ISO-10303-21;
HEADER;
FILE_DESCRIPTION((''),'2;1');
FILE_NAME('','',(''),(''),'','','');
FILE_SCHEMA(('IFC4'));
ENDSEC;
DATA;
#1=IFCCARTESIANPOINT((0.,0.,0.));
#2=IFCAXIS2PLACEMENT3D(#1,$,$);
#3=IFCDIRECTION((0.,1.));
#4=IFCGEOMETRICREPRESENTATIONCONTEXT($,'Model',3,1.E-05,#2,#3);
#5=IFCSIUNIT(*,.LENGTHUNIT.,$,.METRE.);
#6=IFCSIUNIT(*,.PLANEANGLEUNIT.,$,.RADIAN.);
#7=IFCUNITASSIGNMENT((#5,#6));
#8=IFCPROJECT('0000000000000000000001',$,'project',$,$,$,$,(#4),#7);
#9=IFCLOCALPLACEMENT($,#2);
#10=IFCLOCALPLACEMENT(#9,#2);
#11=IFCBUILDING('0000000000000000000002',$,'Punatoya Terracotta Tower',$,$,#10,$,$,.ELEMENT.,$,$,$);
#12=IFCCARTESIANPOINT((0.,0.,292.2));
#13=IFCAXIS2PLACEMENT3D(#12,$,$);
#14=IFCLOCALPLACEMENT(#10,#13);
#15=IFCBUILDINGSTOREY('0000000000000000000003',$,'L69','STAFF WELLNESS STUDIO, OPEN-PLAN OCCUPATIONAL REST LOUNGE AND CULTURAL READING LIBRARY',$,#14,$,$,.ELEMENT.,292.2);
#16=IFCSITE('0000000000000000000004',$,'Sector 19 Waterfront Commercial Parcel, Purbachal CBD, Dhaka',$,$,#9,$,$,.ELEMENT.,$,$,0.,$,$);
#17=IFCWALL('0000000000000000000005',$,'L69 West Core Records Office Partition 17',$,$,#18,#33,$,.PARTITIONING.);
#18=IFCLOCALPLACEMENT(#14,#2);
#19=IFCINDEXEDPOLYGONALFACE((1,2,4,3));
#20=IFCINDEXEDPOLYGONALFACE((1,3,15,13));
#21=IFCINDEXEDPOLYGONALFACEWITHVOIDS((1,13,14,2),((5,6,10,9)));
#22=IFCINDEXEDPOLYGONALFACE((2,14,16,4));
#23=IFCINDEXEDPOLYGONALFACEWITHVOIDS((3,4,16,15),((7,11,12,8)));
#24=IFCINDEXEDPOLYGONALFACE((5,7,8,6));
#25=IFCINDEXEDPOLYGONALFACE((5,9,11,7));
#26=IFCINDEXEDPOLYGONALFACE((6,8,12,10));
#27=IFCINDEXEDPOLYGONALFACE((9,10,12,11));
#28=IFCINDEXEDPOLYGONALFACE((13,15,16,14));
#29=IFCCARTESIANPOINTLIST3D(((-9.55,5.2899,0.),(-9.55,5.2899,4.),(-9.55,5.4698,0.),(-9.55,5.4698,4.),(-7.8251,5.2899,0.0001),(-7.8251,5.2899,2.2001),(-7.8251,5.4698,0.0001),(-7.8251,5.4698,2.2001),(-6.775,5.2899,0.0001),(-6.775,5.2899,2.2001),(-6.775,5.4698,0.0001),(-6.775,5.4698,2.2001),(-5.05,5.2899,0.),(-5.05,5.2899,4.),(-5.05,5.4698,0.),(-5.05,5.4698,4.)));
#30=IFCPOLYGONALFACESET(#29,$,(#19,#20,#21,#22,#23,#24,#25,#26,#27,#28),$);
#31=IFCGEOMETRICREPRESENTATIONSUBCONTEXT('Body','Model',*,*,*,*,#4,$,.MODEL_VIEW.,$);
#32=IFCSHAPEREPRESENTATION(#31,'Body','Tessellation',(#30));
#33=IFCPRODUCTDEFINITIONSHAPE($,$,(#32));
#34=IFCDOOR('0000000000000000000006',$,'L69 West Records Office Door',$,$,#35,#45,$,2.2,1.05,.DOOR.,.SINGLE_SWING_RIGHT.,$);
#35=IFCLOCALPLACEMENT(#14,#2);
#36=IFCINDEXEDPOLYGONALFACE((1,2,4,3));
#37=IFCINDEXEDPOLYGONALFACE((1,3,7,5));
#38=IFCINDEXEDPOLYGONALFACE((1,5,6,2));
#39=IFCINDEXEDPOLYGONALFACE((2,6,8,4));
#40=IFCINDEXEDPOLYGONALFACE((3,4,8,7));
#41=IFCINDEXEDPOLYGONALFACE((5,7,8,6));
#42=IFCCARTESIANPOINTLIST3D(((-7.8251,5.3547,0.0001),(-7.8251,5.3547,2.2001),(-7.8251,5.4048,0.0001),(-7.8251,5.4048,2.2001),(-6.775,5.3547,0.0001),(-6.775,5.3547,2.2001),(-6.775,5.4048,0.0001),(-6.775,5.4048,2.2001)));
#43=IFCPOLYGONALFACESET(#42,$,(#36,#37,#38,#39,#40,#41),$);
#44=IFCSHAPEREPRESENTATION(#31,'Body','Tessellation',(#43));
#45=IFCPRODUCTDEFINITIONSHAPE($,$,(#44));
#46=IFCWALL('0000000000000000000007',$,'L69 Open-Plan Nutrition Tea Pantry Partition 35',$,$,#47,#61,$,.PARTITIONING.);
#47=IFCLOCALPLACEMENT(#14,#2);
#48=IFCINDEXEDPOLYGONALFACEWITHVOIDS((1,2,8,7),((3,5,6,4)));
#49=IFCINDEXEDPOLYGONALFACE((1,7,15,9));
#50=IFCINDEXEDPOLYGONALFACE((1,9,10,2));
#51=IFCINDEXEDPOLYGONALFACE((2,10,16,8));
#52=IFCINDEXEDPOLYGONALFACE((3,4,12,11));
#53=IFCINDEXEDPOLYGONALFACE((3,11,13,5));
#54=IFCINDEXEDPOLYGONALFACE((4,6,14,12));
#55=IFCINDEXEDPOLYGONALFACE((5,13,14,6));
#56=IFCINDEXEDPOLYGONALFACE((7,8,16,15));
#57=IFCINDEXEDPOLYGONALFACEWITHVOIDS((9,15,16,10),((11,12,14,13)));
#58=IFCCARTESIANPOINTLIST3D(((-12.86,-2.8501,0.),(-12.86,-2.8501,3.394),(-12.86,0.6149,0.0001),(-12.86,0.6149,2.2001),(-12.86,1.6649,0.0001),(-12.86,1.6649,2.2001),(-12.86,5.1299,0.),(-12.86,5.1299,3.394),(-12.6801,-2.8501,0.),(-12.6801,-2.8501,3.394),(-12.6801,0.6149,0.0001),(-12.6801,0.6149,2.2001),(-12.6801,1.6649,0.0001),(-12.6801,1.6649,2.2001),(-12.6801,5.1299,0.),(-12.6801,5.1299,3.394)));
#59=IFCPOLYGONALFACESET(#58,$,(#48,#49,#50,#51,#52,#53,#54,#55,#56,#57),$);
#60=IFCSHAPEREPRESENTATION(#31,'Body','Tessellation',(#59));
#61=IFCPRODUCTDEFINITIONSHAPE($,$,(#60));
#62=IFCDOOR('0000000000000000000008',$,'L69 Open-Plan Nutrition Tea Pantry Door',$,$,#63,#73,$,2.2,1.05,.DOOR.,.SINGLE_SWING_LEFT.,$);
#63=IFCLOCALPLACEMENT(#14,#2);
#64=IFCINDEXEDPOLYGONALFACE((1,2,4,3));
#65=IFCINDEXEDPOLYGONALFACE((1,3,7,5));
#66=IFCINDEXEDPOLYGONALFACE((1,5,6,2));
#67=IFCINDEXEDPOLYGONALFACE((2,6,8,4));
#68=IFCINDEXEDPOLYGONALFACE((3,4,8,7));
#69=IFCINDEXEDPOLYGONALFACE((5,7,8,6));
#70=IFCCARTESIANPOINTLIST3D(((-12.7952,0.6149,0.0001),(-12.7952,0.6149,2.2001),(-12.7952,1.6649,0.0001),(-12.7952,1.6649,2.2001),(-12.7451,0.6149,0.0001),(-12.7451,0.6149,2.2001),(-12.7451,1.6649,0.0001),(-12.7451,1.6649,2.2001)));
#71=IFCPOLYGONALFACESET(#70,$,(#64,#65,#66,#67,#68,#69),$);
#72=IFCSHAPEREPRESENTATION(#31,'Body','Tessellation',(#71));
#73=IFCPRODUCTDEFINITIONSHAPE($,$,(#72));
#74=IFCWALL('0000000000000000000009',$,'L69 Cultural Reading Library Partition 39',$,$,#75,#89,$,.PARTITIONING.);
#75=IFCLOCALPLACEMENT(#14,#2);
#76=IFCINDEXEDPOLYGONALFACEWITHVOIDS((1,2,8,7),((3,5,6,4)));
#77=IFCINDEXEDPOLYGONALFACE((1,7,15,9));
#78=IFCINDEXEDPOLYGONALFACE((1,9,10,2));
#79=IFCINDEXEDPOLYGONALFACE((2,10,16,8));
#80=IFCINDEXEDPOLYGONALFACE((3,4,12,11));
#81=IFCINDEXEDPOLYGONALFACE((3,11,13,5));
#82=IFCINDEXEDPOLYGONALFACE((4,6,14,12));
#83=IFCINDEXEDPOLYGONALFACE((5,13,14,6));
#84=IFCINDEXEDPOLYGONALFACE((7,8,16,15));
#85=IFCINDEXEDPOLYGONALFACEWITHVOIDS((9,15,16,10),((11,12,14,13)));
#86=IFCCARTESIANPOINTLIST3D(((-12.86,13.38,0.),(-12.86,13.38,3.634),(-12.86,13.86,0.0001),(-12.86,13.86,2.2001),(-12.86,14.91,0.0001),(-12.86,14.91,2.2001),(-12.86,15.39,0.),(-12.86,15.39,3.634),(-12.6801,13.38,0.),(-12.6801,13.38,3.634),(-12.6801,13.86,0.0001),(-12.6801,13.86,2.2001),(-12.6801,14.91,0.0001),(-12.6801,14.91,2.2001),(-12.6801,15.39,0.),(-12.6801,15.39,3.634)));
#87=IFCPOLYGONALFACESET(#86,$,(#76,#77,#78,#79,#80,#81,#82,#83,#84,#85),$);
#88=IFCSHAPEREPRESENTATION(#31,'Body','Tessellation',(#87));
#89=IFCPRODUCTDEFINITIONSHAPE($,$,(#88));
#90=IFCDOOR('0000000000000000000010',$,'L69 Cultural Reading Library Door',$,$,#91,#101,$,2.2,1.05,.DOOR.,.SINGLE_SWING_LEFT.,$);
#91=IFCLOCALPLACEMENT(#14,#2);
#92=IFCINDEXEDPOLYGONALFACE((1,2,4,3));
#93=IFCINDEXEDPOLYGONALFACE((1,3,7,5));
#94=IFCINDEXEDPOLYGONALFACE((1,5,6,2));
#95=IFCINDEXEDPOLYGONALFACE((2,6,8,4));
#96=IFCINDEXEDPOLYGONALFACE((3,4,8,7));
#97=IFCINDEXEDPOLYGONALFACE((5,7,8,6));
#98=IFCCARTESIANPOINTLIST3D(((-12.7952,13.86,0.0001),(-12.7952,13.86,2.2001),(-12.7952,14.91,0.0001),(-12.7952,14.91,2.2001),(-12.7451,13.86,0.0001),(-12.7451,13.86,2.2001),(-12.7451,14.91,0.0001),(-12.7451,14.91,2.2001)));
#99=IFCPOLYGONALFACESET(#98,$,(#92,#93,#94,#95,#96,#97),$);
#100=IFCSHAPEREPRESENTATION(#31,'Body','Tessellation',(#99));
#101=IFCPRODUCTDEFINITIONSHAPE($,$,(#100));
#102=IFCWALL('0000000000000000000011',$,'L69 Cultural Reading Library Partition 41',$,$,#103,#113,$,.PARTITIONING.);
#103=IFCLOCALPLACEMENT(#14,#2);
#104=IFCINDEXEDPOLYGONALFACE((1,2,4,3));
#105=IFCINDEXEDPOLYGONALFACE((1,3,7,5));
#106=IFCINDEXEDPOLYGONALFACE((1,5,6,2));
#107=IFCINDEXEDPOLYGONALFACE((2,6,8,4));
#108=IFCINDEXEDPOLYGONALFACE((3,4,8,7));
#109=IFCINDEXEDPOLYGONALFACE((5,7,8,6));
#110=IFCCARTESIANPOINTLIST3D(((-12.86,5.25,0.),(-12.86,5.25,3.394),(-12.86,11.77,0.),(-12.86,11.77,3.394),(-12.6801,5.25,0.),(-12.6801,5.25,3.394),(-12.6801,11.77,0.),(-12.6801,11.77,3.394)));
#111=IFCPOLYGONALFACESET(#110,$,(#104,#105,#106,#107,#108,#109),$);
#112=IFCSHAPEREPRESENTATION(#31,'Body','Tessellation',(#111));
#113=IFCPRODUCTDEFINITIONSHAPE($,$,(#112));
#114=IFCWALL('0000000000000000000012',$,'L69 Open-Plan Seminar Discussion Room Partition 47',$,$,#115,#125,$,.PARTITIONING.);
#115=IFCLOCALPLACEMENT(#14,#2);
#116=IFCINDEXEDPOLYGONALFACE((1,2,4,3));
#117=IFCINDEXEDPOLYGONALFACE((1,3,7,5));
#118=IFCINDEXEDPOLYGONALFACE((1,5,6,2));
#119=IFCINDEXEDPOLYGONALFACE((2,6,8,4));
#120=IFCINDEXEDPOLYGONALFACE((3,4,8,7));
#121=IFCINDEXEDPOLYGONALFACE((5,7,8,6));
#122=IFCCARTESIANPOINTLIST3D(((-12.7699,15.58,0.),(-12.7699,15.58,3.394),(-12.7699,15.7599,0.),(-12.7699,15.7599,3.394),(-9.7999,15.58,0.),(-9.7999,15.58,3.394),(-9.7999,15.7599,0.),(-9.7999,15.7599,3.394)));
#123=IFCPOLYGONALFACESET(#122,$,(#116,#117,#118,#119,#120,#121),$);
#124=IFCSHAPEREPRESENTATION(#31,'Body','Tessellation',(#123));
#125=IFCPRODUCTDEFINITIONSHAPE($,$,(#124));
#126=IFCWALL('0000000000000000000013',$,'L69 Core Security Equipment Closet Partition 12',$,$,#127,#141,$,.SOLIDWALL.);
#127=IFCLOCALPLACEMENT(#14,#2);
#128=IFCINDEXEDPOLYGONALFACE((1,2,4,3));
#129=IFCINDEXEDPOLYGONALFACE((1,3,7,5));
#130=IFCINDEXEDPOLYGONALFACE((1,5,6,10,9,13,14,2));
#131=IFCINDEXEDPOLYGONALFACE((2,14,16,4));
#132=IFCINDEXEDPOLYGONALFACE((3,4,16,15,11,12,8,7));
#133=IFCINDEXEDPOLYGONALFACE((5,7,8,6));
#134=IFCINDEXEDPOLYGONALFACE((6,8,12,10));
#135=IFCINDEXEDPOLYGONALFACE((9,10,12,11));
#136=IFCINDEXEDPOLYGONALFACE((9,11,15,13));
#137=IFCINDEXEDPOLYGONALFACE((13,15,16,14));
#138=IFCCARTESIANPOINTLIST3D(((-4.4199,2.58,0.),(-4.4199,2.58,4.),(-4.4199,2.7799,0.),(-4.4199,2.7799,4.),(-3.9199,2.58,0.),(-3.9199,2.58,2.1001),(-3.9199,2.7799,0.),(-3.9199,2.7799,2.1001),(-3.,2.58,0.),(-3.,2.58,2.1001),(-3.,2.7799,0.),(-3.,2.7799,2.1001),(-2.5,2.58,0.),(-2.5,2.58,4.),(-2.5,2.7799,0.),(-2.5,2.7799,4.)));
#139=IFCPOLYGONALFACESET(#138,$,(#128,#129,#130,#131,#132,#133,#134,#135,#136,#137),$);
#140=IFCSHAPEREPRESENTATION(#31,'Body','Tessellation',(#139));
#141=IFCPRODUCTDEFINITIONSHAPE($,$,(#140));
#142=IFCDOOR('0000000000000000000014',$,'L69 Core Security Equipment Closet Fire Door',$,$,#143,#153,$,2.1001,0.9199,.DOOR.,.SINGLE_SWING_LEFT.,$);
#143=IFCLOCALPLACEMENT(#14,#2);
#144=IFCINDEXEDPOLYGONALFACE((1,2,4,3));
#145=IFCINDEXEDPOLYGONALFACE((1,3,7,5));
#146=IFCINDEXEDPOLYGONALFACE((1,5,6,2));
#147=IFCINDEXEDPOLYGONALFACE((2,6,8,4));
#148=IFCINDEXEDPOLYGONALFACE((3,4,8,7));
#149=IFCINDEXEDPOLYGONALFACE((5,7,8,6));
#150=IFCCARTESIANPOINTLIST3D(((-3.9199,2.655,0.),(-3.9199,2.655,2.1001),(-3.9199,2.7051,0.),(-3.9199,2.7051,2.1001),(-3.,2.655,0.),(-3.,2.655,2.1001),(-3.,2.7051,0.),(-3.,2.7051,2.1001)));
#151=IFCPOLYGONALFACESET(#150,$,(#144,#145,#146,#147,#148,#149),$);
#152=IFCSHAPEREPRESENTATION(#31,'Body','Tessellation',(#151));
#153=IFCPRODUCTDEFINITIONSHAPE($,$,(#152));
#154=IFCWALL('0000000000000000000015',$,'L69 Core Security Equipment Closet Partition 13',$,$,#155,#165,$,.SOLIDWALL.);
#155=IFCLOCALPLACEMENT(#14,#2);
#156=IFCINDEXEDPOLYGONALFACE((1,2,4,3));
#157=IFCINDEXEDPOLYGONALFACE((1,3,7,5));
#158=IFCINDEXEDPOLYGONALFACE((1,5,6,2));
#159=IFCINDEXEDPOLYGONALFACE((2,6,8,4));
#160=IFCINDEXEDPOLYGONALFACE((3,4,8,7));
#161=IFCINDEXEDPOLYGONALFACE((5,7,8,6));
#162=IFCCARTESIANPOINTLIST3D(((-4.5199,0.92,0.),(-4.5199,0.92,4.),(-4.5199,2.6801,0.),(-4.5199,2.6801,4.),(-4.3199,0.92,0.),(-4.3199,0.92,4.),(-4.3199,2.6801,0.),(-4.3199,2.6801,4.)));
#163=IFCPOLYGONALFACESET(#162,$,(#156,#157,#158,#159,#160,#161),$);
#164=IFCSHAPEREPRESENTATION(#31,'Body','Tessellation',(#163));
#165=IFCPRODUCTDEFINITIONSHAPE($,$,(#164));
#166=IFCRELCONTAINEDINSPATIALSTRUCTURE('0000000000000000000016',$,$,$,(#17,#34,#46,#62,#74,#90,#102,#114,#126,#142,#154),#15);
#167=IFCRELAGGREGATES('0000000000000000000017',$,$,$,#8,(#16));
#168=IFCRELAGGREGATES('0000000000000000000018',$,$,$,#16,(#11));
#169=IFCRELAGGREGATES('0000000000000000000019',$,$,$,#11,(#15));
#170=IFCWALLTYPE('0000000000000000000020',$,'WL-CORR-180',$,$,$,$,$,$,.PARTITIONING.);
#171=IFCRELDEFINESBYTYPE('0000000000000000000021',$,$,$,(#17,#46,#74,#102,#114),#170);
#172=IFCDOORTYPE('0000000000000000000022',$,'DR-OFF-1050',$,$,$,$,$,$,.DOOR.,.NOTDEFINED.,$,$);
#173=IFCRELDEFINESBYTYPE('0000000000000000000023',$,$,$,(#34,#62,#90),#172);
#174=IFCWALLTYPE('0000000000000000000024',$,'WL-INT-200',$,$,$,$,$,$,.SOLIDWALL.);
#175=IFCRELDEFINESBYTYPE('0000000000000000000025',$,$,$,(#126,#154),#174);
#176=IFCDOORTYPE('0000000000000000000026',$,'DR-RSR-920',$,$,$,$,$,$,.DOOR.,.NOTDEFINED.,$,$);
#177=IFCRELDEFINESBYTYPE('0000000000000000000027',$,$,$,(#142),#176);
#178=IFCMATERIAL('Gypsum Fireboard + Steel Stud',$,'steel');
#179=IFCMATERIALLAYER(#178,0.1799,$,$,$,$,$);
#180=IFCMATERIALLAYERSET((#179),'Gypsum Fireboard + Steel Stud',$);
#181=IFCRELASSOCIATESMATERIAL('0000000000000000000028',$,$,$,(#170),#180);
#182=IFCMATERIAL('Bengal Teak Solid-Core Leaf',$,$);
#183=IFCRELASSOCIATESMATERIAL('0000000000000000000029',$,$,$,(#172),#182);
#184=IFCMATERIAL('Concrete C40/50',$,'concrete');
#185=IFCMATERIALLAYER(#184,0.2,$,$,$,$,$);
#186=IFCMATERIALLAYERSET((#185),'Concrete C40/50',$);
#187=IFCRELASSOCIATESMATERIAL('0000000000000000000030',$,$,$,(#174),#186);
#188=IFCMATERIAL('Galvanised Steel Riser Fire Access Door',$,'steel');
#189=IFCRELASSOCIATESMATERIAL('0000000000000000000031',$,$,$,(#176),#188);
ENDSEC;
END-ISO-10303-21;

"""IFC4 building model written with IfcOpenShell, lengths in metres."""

from ifc_helpers import new_model, si_unit, direction, frame, frame_2d, origin, place, context, subcontext, project, spatial, rectangle, extrude, material, layer, layer_set, type_object, element, fill, save


model = new_model("IFC4")

# Units and contexts
model_context = context("Model", 3, precision=1e-05, world=origin(), true_north=direction((0.0, 1.0)))
body_context = subcontext(model_context, "Body", "Model", "MODEL_VIEW")
ifc_project = project(units=[si_unit("LENGTHUNIT", "METRE"), si_unit("PLANEANGLEUNIT", "RADIAN")], contexts=[model_context])

# Site, building, storey
site_placement = place(None, origin())
site = spatial("IfcSite", under=ifc_project, at=site_placement, Name="Sector 19 Waterfront Commercial Parcel, Purbachal CBD, Dhaka", CompositionType="ELEMENT", RefElevation=0.0)
building_placement = place(site_placement, origin())
building = spatial("IfcBuilding", under=site, at=building_placement, Name="Punatoya Terracotta Tower", CompositionType="ELEMENT")
storey_placement = place(building_placement, frame((0.0, 0.0, 292.2)))
storey = spatial("IfcBuildingStorey", under=building, at=storey_placement, Name="L69", Description="STAFF WELLNESS STUDIO, OPEN-PLAN OCCUPATIONAL REST LOUNGE AND CULTURAL READING LIBRARY", CompositionType="ELEMENT", Elevation=292.2)

# Shared definitions
ifc_material_1 = material(Name="Gypsum Fireboard + Steel Stud", Category="steel")
ifc_layer_1 = layer(ifc_material_1, 0.1799)
ifc_layer_set_1 = layer_set([ifc_layer_1], Name="Gypsum Fireboard + Steel Stud")
wall_type_1 = type_object("IfcWallType", Name="WL-CORR-180", PredefinedType="PARTITIONING", material=ifc_layer_set_1)

# Walls, openings, doors
wall_1_placement = place(storey_placement, frame((-9.55, 5.3799, 0.0), z_axis=(0.0, 0.0, 1.0), x_axis=(1.0, 0.0, 0.0)))
wall_1 = element("IfcWall", 1, at=wall_1_placement, inside=storey, type_object=wall_type_1, Name="L69 West Core Records Office Partition 17", PredefinedType="PARTITIONING", context=body_context, shape_type="SweptSolid", body=[
    extrude(rectangle(XDim=4.5, YDim=0.1799, at=frame_2d((2.25, 0.0))), origin(), (0.0, 0.0, 1.0), 4.0),
])
opening_1_placement = place(wall_1_placement, frame((1.7251, 0.0, 0.0)))
opening_1 = element("IfcOpeningElement", 2, at=opening_1_placement, cuts=wall_1, PredefinedType="OPENING", context=body_context, shape_type="SweptSolid", body=[
    extrude(rectangle(XDim=1.05, YDim=2.2, at=frame_2d((0.5249, 1.1001))), frame((0.0, 0.0999, 0.0), z_axis=(0.0, -1.0, 0.0), x_axis=(1.0, 0.0, 0.0)), (0.0, 0.0, 1.0), 0.2),
])
ifc_material_2 = material(Name="Bengal Teak Solid-Core Leaf")
door_type_1 = type_object("IfcDoorType", Name="DR-OFF-1050", OperationType="NOTDEFINED", PredefinedType="DOOR", material=ifc_material_2)
door_1_placement = place(opening_1_placement, origin())
door_1 = element("IfcDoor", 3, at=door_1_placement, inside=storey, type_object=door_type_1, Name="L69 West Records Office Door", OperationType="SINGLE_SWING_RIGHT", OverallHeight=2.2, OverallWidth=1.05, PredefinedType="DOOR", context=body_context, shape_type="SweptSolid", body=[
    extrude(rectangle(XDim=1.05, YDim=2.2, at=frame_2d((0.5249, 1.1001))), frame((0.0, 0.0249, 0.0), z_axis=(0.0, -1.0, 0.0), x_axis=(1.0, 0.0, 0.0)), (0.0, 0.0, 1.0), 0.05),
])
fill(opening_1, door_1)
wall_2_placement = place(storey_placement, frame((-12.77, 5.1299, 0.0), z_axis=(0.0, 0.0, 1.0), x_axis=(0.0, -1.0, 0.0)))
wall_2 = element("IfcWall", 4, at=wall_2_placement, inside=storey, type_object=wall_type_1, Name="L69 Open-Plan Nutrition Tea Pantry Partition 35", PredefinedType="PARTITIONING", context=body_context, shape_type="SweptSolid", body=[
    extrude(rectangle(XDim=7.98, YDim=0.1799, at=frame_2d((3.99, 0.0))), origin(), (0.0, 0.0, 1.0), 3.394),
])
opening_2_placement = place(wall_2_placement, frame((3.4651, 0.0, 0.0)))
opening_2 = element("IfcOpeningElement", 5, at=opening_2_placement, cuts=wall_2, PredefinedType="OPENING", context=body_context, shape_type="SweptSolid", body=[
    extrude(rectangle(XDim=1.05, YDim=2.2, at=frame_2d((0.5249, 1.1001))), frame((0.0, 0.0999, 0.0), z_axis=(0.0, -1.0, 0.0), x_axis=(1.0, 0.0, 0.0)), (0.0, 0.0, 1.0), 0.2),
])
door_2_placement = place(opening_2_placement, origin())
door_2 = element("IfcDoor", 6, at=door_2_placement, inside=storey, type_object=door_type_1, Name="L69 Open-Plan Nutrition Tea Pantry Door", OperationType="SINGLE_SWING_LEFT", OverallHeight=2.2, OverallWidth=1.05, PredefinedType="DOOR", context=body_context, shape_type="SweptSolid", body=[
    extrude(rectangle(XDim=1.05, YDim=2.2, at=frame_2d((0.5249, 1.1001))), frame((0.0, 0.0249, 0.0), z_axis=(0.0, -1.0, 0.0), x_axis=(1.0, 0.0, 0.0)), (0.0, 0.0, 1.0), 0.05),
])
fill(opening_2, door_2)
wall_3_placement = place(storey_placement, frame((-12.77, 15.3899, 0.0), z_axis=(0.0, 0.0, 1.0), x_axis=(0.0, -1.0, 0.0)))
wall_3 = element("IfcWall", 7, at=wall_3_placement, inside=storey, type_object=wall_type_1, Name="L69 Cultural Reading Library Partition 39", PredefinedType="PARTITIONING", context=body_context, shape_type="SweptSolid", body=[
    extrude(rectangle(XDim=2.01, YDim=0.1799, at=frame_2d((1.0049, 0.0))), origin(), (0.0, 0.0, 1.0), 3.634),
])
opening_3_placement = place(wall_3_placement, frame((0.48, 0.0, 0.0)))
opening_3 = element("IfcOpeningElement", 8, at=opening_3_placement, cuts=wall_3, PredefinedType="OPENING", context=body_context, shape_type="SweptSolid", body=[
    extrude(rectangle(XDim=1.05, YDim=2.2, at=frame_2d((0.5249, 1.1001))), frame((0.0, 0.0999, 0.0), z_axis=(0.0, -1.0, 0.0), x_axis=(1.0, 0.0, 0.0)), (0.0, 0.0, 1.0), 0.2),
])
door_3_placement = place(opening_3_placement, origin())
door_3 = element("IfcDoor", 9, at=door_3_placement, inside=storey, type_object=door_type_1, Name="L69 Cultural Reading Library Door", OperationType="SINGLE_SWING_LEFT", OverallHeight=2.2, OverallWidth=1.05, PredefinedType="DOOR", context=body_context, shape_type="SweptSolid", body=[
    extrude(rectangle(XDim=1.05, YDim=2.2, at=frame_2d((0.5249, 1.1001))), frame((0.0, 0.0249, 0.0), z_axis=(0.0, -1.0, 0.0), x_axis=(1.0, 0.0, 0.0)), (0.0, 0.0, 1.0), 0.05),
])
fill(opening_3, door_3)

# Walls
wall_4_placement = place(storey_placement, frame((-12.77, 11.77, 0.0), z_axis=(0.0, 0.0, 1.0), x_axis=(0.0, -1.0, 0.0)))
element("IfcWall", 10, at=wall_4_placement, inside=storey, type_object=wall_type_1, Name="L69 Cultural Reading Library Partition 41", PredefinedType="PARTITIONING", context=body_context, shape_type="SweptSolid", body=[
    extrude(rectangle(XDim=6.52, YDim=0.1799, at=frame_2d((3.26, 0.0))), origin(), (0.0, 0.0, 1.0), 3.394),
])
wall_5_placement = place(storey_placement, frame((-9.8, 15.6699, 0.0), z_axis=(0.0, 0.0, 1.0), x_axis=(-1.0, 0.0, 0.0)))
element("IfcWall", 11, at=wall_5_placement, inside=storey, type_object=wall_type_1, Name="L69 Open-Plan Seminar Discussion Room Partition 47", PredefinedType="PARTITIONING", context=body_context, shape_type="SweptSolid", body=[
    extrude(rectangle(XDim=2.97, YDim=0.1799, at=frame_2d((1.4849, 0.0))), origin(), (0.0, 0.0, 1.0), 3.394),
])

# Wall, opening, door
ifc_material_3 = material(Name="Concrete C40/50", Category="concrete")
ifc_layer_2 = layer(ifc_material_3, 0.2)
ifc_layer_set_2 = layer_set([ifc_layer_2], Name="Concrete C40/50")
wall_type_2 = type_object("IfcWallType", Name="WL-INT-200", PredefinedType="SOLIDWALL", material=ifc_layer_set_2)
wall_6_placement = place(storey_placement, frame((-2.5, 2.6799, 0.0), z_axis=(0.0, 0.0, 1.0), x_axis=(-1.0, 0.0, 0.0)))
wall_6 = element("IfcWall", 12, at=wall_6_placement, inside=storey, type_object=wall_type_2, Name="L69 Core Security Equipment Closet Partition 12", PredefinedType="SOLIDWALL", context=body_context, shape_type="SweptSolid", body=[
    extrude(rectangle(XDim=1.9199, YDim=0.2, at=frame_2d((0.96, 0.0))), origin(), (0.0, 0.0, 1.0), 4.0),
])
opening_4_placement = place(wall_6_placement, frame((0.5, 0.0, 0.0)))
opening_4 = element("IfcOpeningElement", 13, at=opening_4_placement, cuts=wall_6, PredefinedType="OPENING", context=body_context, shape_type="SweptSolid", body=[
    extrude(rectangle(XDim=0.9199, YDim=2.1001, at=frame_2d((0.46, 1.05))), frame((0.0, 0.1099, 0.0), z_axis=(0.0, -1.0, 0.0), x_axis=(1.0, 0.0, 0.0)), (0.0, 0.0, 1.0), 0.22),
])
ifc_material_4 = material(Name="Galvanised Steel Riser Fire Access Door", Category="steel")
door_type_2 = type_object("IfcDoorType", Name="DR-RSR-920", OperationType="NOTDEFINED", PredefinedType="DOOR", material=ifc_material_4)
door_4_placement = place(opening_4_placement, origin())
door_4 = element("IfcDoor", 14, at=door_4_placement, inside=storey, type_object=door_type_2, Name="L69 Core Security Equipment Closet Fire Door", OperationType="SINGLE_SWING_LEFT", OverallHeight=2.1001, OverallWidth=0.9199, PredefinedType="DOOR", context=body_context, shape_type="SweptSolid", body=[
    extrude(rectangle(XDim=0.9199, YDim=2.1001, at=frame_2d((0.46, 1.05))), frame((0.0, 0.0249, 0.0), z_axis=(0.0, -1.0, 0.0), x_axis=(1.0, 0.0, 0.0)), (0.0, 0.0, 1.0), 0.05),
])
fill(opening_4, door_4)

# Wall
wall_7_placement = place(storey_placement, frame((-4.4199, 2.6799, 0.0), z_axis=(0.0, 0.0, 1.0), x_axis=(0.0, -1.0, 0.0)))
element("IfcWall", 15, at=wall_7_placement, inside=storey, type_object=wall_type_2, Name="L69 Core Security Equipment Closet Partition 13", PredefinedType="SOLIDWALL", context=body_context, shape_type="SweptSolid", body=[
    extrude(rectangle(XDim=1.76, YDim=0.2, at=frame_2d((0.8799, 0.0))), origin(), (0.0, 0.0, 1.0), 4.0),
])

save(model, "model.ifc")
